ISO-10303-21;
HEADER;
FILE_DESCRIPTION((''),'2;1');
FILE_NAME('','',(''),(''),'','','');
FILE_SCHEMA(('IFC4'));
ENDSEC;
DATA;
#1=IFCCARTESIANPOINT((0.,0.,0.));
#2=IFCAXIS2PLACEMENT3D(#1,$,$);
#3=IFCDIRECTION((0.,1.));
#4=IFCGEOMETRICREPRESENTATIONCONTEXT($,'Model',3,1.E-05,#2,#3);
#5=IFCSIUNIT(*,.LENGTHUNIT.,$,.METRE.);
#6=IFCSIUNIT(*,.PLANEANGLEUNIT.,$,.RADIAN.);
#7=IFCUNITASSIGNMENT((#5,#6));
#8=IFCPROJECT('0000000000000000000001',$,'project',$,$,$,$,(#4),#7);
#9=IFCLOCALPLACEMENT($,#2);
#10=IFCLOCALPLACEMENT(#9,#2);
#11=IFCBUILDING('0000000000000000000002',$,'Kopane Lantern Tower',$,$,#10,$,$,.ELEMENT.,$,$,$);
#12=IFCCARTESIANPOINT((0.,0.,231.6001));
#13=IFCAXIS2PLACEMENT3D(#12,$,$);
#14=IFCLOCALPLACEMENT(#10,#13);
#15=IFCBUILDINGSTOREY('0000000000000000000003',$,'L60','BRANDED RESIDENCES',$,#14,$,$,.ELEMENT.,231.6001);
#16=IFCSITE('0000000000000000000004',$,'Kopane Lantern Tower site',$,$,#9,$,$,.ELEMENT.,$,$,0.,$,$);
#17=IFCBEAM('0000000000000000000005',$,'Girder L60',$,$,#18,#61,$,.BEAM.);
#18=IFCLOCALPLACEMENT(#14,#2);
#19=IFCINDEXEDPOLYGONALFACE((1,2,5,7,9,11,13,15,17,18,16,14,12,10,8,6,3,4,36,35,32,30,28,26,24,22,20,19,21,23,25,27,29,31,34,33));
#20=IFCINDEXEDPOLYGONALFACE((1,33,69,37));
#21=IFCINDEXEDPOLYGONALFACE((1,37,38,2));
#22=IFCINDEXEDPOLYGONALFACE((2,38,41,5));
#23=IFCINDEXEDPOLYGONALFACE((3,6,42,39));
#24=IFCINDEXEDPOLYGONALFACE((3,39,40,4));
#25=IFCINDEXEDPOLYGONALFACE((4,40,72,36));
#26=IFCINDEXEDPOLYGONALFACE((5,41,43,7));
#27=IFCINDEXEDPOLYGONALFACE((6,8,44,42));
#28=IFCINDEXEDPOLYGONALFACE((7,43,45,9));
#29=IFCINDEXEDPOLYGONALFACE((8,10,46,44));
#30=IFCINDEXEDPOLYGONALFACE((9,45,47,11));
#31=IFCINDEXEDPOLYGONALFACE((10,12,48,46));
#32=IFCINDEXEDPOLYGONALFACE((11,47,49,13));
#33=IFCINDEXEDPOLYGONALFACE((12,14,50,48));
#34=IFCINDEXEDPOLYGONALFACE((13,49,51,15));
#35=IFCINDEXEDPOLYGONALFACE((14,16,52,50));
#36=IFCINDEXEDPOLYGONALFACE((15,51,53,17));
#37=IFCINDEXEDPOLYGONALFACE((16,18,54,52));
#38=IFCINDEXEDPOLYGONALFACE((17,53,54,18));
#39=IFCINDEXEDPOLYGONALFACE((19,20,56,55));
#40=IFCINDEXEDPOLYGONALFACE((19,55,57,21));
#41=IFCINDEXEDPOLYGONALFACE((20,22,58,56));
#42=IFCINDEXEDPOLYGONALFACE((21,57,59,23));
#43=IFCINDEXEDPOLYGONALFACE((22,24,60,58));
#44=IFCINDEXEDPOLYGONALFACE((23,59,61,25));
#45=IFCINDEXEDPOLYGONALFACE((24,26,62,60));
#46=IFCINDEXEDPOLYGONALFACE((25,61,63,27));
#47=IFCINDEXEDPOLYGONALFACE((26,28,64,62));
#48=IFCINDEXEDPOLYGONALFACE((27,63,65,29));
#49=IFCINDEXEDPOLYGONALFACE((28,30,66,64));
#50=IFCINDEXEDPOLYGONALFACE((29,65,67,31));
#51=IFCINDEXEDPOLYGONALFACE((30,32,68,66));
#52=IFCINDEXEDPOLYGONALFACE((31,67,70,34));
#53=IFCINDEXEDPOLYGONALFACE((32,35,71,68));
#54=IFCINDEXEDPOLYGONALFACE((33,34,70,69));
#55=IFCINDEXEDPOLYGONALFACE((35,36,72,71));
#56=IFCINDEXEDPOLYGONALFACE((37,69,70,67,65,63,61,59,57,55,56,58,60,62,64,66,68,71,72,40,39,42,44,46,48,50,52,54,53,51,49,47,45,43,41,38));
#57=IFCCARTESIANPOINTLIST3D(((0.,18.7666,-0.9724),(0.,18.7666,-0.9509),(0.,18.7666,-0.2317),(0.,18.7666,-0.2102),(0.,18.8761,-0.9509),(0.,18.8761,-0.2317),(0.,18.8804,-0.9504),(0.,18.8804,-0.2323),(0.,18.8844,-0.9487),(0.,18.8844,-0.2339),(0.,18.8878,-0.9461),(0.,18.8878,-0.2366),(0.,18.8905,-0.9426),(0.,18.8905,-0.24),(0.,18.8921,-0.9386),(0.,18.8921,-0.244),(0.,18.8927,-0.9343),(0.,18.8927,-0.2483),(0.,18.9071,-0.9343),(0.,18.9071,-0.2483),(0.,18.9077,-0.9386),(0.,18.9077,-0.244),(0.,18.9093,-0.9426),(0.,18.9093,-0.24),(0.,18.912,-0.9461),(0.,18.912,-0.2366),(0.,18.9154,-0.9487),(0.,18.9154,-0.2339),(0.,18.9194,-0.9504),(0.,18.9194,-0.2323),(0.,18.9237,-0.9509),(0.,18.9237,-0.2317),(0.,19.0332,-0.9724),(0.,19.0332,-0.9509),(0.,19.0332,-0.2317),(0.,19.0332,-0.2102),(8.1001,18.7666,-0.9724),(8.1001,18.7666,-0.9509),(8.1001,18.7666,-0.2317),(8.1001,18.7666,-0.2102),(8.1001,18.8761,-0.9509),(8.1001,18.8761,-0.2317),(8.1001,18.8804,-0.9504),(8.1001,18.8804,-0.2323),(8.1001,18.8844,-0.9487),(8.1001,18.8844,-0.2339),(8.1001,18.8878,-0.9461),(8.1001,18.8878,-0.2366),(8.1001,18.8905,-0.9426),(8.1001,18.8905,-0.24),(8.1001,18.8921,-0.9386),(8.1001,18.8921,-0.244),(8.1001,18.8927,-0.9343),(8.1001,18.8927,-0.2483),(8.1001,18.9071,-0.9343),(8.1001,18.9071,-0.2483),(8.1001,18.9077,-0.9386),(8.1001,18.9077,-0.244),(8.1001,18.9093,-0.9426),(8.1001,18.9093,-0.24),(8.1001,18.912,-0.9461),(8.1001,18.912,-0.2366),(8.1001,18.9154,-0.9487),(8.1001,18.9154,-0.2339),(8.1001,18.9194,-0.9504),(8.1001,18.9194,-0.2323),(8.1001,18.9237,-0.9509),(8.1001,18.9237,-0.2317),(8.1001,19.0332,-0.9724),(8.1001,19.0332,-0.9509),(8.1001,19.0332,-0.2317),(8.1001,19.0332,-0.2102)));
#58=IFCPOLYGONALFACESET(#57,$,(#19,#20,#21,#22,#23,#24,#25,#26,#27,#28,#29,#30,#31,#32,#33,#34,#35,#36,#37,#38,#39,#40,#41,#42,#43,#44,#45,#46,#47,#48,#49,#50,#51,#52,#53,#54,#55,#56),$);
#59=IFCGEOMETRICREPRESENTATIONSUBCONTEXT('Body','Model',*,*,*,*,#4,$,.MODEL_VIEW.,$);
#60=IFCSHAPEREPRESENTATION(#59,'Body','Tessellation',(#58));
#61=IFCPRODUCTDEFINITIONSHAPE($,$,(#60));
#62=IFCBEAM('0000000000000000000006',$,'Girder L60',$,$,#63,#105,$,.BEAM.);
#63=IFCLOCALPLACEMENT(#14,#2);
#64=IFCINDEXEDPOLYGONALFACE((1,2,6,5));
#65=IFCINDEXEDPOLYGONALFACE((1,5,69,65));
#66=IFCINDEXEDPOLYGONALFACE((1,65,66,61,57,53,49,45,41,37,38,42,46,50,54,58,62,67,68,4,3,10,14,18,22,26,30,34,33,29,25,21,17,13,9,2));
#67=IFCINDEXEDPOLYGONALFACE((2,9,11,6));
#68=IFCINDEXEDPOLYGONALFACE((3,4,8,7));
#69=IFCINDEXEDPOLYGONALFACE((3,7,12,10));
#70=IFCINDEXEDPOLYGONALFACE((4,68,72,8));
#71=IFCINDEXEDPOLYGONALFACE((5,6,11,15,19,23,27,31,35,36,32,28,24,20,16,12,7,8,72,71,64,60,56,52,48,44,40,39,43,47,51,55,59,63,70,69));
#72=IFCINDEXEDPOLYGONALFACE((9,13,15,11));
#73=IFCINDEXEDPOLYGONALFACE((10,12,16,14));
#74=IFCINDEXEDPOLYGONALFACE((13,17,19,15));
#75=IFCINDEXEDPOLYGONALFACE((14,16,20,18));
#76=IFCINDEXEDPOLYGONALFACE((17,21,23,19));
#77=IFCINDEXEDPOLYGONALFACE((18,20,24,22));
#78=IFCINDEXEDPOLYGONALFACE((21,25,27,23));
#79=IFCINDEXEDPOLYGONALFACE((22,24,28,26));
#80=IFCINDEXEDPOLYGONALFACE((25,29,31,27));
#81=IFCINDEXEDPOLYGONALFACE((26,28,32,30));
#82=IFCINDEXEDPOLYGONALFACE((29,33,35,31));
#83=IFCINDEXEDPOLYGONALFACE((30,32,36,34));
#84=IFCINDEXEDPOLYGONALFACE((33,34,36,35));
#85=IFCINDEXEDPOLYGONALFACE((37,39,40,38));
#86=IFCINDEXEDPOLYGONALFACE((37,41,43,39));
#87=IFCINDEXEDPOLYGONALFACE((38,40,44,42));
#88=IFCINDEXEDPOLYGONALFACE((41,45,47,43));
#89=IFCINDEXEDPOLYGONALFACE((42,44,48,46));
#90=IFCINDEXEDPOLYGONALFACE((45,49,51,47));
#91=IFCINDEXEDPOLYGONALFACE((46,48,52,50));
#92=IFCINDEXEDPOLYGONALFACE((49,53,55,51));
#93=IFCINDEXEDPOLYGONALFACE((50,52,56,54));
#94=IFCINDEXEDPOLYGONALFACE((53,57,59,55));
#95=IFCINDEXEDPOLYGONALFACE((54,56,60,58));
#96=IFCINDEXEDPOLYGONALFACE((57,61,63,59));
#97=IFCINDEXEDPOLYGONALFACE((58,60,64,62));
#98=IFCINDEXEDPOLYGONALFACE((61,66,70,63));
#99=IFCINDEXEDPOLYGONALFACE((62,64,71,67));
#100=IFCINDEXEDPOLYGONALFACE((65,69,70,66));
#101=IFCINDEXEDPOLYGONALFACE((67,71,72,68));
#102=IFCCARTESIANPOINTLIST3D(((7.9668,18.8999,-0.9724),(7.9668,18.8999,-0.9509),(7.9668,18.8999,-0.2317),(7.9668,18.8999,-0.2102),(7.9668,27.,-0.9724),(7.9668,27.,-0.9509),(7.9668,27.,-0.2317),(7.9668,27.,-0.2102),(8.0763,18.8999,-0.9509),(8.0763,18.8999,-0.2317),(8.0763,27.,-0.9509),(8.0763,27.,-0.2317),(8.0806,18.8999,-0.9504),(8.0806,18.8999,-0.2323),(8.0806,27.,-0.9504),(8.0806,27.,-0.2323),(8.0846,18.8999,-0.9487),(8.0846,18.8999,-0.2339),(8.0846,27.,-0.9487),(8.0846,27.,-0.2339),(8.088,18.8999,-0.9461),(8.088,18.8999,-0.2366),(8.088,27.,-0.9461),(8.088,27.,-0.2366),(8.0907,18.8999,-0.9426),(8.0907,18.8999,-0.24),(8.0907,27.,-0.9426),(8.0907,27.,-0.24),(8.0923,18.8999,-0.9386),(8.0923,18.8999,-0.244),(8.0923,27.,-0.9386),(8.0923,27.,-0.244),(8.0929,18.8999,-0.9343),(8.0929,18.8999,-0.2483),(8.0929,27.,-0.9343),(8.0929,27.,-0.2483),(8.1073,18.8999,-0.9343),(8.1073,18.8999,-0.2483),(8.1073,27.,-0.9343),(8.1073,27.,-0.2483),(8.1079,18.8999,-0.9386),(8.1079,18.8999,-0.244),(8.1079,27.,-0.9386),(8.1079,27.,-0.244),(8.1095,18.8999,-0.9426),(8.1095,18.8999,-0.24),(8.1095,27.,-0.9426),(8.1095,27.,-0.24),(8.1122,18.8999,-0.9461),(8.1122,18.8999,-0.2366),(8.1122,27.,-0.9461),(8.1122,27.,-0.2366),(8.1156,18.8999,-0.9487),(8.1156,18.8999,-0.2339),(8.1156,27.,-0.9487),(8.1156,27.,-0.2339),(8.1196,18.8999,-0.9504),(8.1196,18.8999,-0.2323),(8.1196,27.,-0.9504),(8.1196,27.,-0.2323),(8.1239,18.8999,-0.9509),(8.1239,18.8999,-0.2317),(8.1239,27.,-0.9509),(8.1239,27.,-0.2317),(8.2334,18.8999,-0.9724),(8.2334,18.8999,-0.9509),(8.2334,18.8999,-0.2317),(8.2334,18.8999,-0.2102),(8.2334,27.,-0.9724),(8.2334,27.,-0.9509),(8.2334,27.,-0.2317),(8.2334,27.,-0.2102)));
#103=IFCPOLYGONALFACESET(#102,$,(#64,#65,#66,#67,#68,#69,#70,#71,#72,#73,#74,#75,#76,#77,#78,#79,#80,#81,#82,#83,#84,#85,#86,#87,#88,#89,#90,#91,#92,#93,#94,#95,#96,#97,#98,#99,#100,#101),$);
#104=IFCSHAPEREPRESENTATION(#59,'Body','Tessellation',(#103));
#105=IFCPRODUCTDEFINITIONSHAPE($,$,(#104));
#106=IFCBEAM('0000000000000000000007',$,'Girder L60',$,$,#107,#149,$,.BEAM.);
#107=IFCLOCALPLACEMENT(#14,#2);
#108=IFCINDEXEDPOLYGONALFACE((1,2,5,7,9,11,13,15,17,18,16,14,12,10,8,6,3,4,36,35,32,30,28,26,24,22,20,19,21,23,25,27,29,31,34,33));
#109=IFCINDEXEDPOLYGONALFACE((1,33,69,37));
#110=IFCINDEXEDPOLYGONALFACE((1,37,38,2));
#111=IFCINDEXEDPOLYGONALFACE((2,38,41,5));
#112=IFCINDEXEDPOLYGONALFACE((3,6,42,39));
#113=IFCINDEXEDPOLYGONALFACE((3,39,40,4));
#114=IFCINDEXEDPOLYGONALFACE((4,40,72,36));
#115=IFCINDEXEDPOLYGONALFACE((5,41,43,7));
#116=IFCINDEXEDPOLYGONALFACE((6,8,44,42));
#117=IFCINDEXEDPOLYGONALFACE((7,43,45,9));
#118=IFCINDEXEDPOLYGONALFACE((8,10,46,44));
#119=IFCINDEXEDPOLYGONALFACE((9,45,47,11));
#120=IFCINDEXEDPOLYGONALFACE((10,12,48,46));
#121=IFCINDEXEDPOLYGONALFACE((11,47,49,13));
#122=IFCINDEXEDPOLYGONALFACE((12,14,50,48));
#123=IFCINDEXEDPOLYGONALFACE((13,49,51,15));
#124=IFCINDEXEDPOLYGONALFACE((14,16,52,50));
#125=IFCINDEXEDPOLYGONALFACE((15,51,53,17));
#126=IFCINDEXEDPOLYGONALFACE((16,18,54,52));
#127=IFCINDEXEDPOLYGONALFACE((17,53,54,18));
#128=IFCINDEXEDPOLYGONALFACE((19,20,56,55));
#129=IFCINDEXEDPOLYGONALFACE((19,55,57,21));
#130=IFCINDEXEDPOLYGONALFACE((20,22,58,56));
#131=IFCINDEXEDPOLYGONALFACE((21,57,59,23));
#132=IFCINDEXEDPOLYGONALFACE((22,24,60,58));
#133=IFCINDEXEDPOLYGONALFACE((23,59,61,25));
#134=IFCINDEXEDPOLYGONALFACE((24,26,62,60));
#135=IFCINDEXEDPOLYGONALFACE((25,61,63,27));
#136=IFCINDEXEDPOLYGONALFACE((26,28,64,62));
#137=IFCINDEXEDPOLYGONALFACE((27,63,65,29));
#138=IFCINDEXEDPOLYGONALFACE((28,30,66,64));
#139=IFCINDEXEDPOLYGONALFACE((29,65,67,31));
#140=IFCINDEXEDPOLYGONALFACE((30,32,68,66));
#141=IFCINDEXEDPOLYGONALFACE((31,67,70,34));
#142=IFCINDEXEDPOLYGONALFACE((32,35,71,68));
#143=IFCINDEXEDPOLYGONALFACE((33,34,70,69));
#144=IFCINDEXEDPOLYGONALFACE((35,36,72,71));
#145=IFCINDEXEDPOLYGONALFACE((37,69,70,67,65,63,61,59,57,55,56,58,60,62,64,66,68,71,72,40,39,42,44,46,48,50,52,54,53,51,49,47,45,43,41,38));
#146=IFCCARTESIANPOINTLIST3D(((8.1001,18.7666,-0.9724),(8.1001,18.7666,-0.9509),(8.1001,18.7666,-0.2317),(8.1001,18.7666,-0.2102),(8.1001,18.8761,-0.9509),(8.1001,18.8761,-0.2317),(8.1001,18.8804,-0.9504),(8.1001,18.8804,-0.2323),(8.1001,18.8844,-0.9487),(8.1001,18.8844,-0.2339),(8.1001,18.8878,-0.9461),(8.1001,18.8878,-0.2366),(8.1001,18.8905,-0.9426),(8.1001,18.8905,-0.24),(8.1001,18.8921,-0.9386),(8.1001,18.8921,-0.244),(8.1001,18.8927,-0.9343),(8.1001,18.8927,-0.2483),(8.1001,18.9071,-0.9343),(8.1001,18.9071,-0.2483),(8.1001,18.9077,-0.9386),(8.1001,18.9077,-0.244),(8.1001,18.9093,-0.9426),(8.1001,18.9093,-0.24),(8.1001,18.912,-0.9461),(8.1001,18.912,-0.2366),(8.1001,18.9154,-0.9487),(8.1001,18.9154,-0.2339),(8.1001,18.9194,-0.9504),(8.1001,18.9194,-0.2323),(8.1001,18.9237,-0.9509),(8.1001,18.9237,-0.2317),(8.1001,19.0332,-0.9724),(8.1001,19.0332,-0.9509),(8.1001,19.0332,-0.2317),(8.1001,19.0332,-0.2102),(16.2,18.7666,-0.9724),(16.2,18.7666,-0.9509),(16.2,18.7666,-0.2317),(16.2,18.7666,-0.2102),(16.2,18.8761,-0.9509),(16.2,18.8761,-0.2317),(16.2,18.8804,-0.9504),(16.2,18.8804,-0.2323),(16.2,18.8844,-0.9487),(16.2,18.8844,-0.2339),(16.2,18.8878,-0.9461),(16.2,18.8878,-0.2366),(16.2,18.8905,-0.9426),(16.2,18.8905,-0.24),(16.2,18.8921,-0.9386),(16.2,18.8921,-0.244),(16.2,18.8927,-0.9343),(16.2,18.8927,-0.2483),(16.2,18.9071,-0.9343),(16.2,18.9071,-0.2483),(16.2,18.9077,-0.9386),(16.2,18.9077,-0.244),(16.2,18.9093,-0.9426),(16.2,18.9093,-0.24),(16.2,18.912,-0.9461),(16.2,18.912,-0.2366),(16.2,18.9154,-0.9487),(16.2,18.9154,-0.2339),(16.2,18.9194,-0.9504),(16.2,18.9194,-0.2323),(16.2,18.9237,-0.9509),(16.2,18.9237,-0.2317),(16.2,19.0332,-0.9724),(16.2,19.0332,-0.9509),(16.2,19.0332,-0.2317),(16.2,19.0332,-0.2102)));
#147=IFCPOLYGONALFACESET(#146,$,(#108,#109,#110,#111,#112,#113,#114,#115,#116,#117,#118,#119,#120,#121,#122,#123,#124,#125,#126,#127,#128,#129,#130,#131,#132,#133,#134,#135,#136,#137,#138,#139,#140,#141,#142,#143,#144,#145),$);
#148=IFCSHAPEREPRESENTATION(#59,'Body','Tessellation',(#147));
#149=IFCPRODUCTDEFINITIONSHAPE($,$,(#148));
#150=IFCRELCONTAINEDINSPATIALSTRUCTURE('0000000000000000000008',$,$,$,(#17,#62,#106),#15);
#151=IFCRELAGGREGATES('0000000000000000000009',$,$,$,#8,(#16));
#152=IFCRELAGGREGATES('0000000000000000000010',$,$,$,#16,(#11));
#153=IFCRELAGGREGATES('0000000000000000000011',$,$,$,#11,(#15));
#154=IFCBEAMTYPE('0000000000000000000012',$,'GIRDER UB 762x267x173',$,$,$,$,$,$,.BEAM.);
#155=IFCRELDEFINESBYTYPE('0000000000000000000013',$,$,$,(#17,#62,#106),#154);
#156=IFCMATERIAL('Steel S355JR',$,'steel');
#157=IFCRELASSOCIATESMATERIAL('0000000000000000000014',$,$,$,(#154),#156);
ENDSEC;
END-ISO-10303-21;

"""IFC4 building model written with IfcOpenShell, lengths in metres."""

from ifc_helpers import new_model, si_unit, direction, frame, origin, origin_2d, place, context, subcontext, project, spatial, i_section, extrude, material, material_profile, profile_set, type_object, element, save


model = new_model("IFC4")

# Units and contexts
model_context = context("Model", 3, precision=1e-05, world=origin(), true_north=direction((0.0, 1.0)))
body_context = subcontext(model_context, "Body", "Model", "MODEL_VIEW")
ifc_project = project(units=[si_unit("LENGTHUNIT", "METRE"), si_unit("PLANEANGLEUNIT", "RADIAN")], contexts=[model_context])

# Site, building, storey
site_placement = place(None, origin())
site = spatial("IfcSite", under=ifc_project, at=site_placement, Name="Kopane Lantern Tower site", CompositionType="ELEMENT", RefElevation=0.0)
building_placement = place(site_placement, origin())
building = spatial("IfcBuilding", under=site, at=building_placement, Name="Kopane Lantern Tower", CompositionType="ELEMENT")
storey_placement = place(building_placement, frame((0.0, 0.0, 231.6001)))
storey = spatial("IfcBuildingStorey", under=building, at=storey_placement, Name="L60", Description="BRANDED RESIDENCES", CompositionType="ELEMENT", Elevation=231.6001)

# Beams
ifc_material_1 = material(Name="Steel S355JR", Category="steel")
ifc_material_profile_1 = material_profile(ifc_material_1, i_section(OverallWidth=0.2666, OverallDepth=0.7622, WebThickness=0.0144, FlangeThickness=0.0215, FilletRadius=0.0166, at=origin_2d()), Name="UB 762x267x173")
ifc_profile_set_1 = profile_set([ifc_material_profile_1], Name="Steel S355JR")
beam_type_1 = type_object("IfcBeamType", Name="GIRDER UB 762x267x173", PredefinedType="BEAM", material=ifc_profile_set_1)
for number, where, z_axis, x_axis, name in (
    (1, (0.0, 18.8999, -0.5913), (1.0, 0.0, 0.0), (0.0, 1.0, 0.0), "Girder L60"),
    (2, (8.1001, 18.8999, -0.5913), (0.0, 1.0, 0.0), (-1.0, 0.0, 0.0), "Girder L60"),
):
    element("IfcBeam", number, at=place(storey_placement, frame(where, z_axis=z_axis, x_axis=x_axis)), inside=storey, type_object=beam_type_1, Name=name, PredefinedType="BEAM", context=body_context, shape_type="SweptSolid", body=[
        extrude(i_section(OverallWidth=0.2666, OverallDepth=0.7622, WebThickness=0.0144, FlangeThickness=0.0215, FilletRadius=0.0166, at=origin_2d()), origin(), (0.0, 0.0, 1.0), 8.1001),
    ])
beam_1_placement = place(storey_placement, frame((8.1001, 18.8999, -0.5913), z_axis=(1.0, 0.0, 0.0), x_axis=(0.0, 1.0, 0.0)))
element("IfcBeam", 3, at=beam_1_placement, inside=storey, type_object=beam_type_1, Name="Girder L60", PredefinedType="BEAM", context=body_context, shape_type="SweptSolid", body=[
    extrude(i_section(OverallWidth=0.2666, OverallDepth=0.7622, WebThickness=0.0144, FlangeThickness=0.0215, FilletRadius=0.0166, at=origin_2d()), origin(), (0.0, 0.0, 1.0), 8.0999),
])

save(model, "model.ifc")
